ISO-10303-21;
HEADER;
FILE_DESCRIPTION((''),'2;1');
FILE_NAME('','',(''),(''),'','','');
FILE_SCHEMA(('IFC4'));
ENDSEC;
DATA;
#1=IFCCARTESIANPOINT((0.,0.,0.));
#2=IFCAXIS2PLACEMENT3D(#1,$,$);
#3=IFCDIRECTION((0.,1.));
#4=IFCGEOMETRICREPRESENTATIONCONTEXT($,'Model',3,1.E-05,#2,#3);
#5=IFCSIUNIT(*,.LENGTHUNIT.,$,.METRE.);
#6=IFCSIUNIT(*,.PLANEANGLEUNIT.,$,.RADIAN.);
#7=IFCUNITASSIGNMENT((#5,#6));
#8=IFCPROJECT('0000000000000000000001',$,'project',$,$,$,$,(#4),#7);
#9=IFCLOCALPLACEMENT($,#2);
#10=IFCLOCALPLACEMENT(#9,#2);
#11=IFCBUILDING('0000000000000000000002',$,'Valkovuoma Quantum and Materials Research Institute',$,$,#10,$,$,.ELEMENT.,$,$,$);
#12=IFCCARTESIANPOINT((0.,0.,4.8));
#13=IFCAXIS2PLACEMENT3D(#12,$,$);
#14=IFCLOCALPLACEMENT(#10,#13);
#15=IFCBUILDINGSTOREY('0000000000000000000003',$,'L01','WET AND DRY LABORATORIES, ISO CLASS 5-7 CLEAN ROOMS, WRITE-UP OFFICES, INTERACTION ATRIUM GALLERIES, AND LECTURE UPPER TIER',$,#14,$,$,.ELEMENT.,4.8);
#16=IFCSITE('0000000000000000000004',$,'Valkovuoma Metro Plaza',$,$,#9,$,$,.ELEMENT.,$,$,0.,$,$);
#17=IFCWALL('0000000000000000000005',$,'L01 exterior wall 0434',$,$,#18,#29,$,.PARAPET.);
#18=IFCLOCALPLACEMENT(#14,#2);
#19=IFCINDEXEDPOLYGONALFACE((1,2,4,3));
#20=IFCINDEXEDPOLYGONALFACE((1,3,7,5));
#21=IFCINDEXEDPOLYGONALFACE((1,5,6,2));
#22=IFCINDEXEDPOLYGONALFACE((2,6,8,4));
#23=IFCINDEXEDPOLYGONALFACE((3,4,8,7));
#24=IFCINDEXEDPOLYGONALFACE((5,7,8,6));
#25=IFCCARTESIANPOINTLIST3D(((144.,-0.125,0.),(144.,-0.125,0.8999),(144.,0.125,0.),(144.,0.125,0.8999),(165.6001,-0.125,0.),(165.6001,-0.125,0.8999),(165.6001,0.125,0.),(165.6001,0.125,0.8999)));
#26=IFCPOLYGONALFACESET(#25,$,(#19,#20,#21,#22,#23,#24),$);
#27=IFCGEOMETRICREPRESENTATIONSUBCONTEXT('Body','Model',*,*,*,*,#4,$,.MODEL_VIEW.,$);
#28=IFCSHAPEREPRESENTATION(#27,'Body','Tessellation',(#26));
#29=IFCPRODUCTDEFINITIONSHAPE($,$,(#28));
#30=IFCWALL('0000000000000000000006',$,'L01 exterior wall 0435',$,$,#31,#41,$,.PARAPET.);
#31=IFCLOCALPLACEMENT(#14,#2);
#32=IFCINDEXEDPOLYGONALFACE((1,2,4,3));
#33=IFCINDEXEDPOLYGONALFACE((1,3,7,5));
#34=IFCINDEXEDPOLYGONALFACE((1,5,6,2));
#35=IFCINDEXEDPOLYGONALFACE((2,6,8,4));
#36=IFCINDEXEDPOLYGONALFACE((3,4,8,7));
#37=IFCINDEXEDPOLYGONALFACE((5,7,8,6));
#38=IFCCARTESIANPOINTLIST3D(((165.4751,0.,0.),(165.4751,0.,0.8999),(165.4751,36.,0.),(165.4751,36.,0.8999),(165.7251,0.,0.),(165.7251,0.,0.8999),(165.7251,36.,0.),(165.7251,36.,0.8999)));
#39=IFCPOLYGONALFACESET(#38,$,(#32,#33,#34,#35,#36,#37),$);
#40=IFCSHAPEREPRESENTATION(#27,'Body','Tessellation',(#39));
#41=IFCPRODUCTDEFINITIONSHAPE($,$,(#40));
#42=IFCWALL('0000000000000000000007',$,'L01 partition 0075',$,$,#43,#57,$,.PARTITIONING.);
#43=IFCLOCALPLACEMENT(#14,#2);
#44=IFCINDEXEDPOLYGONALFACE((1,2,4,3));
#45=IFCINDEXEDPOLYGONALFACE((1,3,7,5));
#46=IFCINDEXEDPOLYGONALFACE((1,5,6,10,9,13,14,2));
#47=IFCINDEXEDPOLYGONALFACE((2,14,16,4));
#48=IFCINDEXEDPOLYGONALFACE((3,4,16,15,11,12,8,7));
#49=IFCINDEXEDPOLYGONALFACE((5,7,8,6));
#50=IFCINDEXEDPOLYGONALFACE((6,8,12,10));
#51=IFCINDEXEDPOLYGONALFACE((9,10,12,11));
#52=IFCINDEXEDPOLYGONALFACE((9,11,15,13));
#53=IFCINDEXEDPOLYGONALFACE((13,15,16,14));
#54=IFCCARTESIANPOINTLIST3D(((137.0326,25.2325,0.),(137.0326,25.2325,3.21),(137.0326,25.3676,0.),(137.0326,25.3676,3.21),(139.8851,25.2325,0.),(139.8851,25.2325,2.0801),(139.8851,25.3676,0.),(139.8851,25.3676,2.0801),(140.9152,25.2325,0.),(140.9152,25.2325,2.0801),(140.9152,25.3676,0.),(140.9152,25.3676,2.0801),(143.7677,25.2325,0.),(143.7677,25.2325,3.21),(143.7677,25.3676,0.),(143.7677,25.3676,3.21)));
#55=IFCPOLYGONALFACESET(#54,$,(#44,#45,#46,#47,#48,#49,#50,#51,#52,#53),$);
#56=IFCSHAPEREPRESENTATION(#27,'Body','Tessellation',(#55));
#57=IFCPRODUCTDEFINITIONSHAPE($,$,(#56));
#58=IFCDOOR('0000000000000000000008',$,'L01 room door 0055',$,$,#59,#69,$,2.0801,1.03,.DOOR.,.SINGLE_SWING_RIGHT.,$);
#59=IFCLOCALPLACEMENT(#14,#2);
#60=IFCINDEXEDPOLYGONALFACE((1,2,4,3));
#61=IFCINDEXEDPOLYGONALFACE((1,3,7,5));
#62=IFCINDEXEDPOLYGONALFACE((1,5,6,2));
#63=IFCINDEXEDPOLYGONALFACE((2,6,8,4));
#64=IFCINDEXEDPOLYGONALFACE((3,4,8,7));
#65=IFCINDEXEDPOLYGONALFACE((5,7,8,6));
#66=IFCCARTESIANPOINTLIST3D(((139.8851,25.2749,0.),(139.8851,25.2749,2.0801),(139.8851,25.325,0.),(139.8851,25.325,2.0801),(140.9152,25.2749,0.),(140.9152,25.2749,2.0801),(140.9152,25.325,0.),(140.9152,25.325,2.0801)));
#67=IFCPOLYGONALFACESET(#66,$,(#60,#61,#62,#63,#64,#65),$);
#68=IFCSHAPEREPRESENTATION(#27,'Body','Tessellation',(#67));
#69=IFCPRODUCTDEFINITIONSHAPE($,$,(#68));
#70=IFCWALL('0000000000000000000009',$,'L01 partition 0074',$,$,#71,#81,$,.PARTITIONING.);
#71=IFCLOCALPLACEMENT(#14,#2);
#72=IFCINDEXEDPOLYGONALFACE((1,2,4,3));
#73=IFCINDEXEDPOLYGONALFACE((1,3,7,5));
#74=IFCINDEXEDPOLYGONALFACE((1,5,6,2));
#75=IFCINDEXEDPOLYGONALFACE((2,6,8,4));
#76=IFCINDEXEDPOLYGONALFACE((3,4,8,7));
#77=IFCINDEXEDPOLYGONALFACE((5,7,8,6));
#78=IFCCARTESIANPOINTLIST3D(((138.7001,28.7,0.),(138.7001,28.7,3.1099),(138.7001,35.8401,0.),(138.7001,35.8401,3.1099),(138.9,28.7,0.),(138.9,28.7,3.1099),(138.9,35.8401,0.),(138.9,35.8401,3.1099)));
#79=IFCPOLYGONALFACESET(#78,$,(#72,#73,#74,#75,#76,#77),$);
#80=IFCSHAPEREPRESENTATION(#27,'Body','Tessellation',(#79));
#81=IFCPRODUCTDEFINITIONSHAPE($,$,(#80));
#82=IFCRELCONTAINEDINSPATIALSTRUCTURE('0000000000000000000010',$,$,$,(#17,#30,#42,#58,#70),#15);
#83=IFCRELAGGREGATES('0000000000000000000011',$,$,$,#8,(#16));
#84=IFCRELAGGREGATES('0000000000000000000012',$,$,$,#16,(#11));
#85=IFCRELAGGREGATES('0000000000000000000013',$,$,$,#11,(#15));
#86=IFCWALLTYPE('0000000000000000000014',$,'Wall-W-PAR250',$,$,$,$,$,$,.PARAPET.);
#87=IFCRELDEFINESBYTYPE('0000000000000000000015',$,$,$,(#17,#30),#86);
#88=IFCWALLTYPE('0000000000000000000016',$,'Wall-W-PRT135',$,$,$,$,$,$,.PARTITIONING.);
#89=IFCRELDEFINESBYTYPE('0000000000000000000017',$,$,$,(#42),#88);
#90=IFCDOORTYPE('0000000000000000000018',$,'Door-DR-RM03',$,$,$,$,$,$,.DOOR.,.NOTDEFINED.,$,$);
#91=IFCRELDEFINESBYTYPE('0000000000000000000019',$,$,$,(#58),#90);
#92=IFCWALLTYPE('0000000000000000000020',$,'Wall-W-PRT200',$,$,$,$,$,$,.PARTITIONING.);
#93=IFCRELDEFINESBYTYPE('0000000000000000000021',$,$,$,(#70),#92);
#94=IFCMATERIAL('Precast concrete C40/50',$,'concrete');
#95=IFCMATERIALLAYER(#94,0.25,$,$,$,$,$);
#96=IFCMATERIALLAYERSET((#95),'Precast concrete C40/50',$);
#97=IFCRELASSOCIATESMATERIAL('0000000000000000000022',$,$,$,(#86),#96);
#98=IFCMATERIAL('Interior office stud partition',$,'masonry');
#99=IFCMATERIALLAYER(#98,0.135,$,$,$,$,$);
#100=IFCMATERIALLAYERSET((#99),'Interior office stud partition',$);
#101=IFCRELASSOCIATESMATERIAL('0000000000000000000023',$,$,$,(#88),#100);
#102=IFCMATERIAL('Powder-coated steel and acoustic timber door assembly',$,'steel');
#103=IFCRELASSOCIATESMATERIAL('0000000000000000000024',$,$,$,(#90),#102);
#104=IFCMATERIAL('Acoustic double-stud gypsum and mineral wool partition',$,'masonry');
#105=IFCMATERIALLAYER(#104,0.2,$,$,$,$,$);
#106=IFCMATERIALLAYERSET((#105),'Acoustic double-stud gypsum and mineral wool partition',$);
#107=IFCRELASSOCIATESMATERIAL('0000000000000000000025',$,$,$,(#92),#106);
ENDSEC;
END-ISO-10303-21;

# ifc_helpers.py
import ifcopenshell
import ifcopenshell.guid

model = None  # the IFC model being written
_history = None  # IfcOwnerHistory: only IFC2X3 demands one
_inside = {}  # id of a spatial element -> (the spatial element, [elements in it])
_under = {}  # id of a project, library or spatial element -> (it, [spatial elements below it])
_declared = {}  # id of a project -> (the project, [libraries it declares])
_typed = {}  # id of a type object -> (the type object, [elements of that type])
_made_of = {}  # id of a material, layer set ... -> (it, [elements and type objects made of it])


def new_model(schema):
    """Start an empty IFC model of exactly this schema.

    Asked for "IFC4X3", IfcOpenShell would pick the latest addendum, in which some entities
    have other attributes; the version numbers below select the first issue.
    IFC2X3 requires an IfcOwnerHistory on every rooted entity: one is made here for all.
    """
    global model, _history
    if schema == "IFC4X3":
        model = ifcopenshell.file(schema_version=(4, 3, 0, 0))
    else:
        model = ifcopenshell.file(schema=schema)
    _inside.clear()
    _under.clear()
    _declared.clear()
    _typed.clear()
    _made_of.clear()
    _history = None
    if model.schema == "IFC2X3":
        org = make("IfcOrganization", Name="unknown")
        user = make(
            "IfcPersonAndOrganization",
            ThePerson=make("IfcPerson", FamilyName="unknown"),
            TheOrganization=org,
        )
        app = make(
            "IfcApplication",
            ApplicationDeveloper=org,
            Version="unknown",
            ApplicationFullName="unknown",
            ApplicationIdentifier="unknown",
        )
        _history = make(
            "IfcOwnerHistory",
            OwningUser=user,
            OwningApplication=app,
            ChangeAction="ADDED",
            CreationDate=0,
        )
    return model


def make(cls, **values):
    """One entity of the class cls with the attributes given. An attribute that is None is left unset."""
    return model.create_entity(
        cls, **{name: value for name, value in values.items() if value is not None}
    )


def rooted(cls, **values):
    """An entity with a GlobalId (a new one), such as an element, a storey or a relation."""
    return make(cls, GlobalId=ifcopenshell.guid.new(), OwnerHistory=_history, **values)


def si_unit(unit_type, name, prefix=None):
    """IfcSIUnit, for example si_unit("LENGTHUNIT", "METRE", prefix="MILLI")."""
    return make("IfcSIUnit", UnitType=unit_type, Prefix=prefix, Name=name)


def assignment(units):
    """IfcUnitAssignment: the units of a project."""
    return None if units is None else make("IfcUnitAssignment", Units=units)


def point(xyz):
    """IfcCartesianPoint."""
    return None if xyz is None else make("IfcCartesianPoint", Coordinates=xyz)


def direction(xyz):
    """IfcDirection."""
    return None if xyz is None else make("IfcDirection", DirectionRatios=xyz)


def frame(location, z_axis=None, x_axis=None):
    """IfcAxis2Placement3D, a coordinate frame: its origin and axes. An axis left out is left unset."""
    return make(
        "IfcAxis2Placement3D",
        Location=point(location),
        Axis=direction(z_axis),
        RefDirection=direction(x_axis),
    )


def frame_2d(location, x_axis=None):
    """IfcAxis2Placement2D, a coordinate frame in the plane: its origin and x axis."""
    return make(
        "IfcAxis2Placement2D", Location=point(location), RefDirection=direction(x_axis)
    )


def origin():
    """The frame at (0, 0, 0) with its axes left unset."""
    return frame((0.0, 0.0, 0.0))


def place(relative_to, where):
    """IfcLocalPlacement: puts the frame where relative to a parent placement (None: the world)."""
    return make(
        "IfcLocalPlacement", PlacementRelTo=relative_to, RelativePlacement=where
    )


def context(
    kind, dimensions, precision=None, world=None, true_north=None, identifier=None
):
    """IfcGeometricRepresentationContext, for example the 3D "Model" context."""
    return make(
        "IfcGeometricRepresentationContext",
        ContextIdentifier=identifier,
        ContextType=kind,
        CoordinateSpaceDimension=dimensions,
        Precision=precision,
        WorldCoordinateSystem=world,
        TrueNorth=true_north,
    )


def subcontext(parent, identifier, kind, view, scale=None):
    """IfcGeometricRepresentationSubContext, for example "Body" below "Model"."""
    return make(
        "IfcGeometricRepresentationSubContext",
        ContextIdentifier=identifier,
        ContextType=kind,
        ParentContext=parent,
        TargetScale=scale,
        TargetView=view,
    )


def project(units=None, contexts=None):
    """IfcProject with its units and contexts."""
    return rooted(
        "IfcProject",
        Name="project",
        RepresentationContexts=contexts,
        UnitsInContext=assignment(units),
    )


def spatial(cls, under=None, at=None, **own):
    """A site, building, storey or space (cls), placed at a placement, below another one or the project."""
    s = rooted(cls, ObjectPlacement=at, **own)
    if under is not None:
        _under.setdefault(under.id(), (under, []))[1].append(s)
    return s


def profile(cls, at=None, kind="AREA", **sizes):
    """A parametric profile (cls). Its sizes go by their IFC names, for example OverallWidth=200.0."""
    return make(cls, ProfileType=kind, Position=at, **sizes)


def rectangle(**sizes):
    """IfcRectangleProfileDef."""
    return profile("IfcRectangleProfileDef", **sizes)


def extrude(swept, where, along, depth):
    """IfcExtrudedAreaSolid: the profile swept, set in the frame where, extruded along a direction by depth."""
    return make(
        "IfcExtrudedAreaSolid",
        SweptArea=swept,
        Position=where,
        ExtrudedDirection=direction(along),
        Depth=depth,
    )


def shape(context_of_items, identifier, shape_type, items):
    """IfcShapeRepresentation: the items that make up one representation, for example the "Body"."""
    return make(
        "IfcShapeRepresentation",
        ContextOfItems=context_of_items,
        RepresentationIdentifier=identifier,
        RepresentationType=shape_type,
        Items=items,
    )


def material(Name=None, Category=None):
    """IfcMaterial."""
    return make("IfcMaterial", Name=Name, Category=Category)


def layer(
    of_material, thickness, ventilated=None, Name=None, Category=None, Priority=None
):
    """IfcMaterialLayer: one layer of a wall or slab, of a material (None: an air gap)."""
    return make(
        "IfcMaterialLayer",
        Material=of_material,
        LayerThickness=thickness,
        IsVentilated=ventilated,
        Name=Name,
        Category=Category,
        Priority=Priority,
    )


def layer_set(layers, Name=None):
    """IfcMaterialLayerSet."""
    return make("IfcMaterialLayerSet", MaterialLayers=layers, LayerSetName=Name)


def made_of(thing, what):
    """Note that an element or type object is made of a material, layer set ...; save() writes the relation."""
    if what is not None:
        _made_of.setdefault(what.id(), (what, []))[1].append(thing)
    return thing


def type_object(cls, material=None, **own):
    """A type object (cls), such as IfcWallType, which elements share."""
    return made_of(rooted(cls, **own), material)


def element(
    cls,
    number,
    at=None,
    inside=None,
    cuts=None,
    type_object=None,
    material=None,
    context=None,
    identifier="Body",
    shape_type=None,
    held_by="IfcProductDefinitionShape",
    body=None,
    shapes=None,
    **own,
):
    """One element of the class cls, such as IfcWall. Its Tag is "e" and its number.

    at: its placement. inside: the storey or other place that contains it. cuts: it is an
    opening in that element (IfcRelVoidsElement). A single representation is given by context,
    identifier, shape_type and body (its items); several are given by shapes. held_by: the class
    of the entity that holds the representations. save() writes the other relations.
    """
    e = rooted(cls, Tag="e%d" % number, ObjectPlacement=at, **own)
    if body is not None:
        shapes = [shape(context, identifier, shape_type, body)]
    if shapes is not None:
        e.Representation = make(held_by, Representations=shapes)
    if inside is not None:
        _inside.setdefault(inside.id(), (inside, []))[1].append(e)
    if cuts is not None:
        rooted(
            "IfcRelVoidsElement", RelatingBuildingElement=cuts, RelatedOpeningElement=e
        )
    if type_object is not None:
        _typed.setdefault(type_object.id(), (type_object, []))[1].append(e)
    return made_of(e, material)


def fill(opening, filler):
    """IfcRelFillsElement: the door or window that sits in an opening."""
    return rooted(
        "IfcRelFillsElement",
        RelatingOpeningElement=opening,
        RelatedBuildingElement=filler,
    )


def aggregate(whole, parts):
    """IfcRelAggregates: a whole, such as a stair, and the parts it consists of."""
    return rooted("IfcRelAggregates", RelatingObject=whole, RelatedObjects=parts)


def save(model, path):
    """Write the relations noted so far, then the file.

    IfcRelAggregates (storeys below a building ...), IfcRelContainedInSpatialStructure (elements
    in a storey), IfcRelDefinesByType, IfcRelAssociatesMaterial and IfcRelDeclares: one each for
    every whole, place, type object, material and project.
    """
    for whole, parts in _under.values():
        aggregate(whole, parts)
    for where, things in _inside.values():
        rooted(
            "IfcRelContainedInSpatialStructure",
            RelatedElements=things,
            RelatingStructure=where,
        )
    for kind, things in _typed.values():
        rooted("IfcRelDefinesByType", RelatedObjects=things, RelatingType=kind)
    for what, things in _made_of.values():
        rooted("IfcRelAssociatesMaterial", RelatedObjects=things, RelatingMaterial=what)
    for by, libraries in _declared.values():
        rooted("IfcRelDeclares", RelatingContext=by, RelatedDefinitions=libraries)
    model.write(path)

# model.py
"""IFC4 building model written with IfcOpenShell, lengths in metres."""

from ifc_helpers import new_model, si_unit, direction, frame, frame_2d, origin, place, context, subcontext, project, spatial, rectangle, extrude, material, layer, layer_set, type_object, element, fill, save


model = new_model("IFC4")

# Units and contexts
model_context = context("Model", 3, precision=1e-05, world=origin(), true_north=direction((0.0, 1.0)))
body_context = subcontext(model_context, "Body", "Model", "MODEL_VIEW")
ifc_project = project(units=[si_unit("LENGTHUNIT", "METRE"), si_unit("PLANEANGLEUNIT", "RADIAN")], contexts=[model_context])

# Site, building, storey
site_placement = place(None, origin())
site = spatial("IfcSite", under=ifc_project, at=site_placement, Name="Valkovuoma Metro Plaza", CompositionType="ELEMENT", RefElevation=0.0)
building_placement = place(site_placement, origin())
building = spatial("IfcBuilding", under=site, at=building_placement, Name="Valkovuoma Quantum and Materials Research Institute", CompositionType="ELEMENT")
storey_placement = place(building_placement, frame((0.0, 0.0, 4.8)))
storey = spatial("IfcBuildingStorey", under=building, at=storey_placement, Name="L01", Description="WET AND DRY LABORATORIES, ISO CLASS 5-7 CLEAN ROOMS, WRITE-UP OFFICES, INTERACTION ATRIUM GALLERIES, AND LECTURE UPPER TIER", CompositionType="ELEMENT", Elevation=4.8)

# Walls
ifc_material_1 = material(Name="Precast concrete C40/50", Category="concrete")
ifc_layer_1 = layer(ifc_material_1, 0.25)
ifc_layer_set_1 = layer_set([ifc_layer_1], Name="Precast concrete C40/50")
wall_type_1 = type_object("IfcWallType", Name="Wall-W-PAR250", PredefinedType="PARAPET", material=ifc_layer_set_1)
wall_1_placement = place(storey_placement, frame((144.0, 0.0, 0.0), z_axis=(0.0, 0.0, 1.0), x_axis=(1.0, 0.0, 0.0)))
element("IfcWall", 1, at=wall_1_placement, inside=storey, type_object=wall_type_1, Name="L01 exterior wall 0434", PredefinedType="PARAPET", context=body_context, shape_type="SweptSolid", body=[
    extrude(rectangle(XDim=21.6001, YDim=0.25, at=frame_2d((10.8, 0.0))), origin(), (0.0, 0.0, 1.0), 0.8999),
])
wall_2_placement = place(storey_placement, frame((165.6001, 0.0, 0.0), z_axis=(0.0, 0.0, 1.0), x_axis=(0.0, 1.0, 0.0)))
element("IfcWall", 2, at=wall_2_placement, inside=storey, type_object=wall_type_1, Name="L01 exterior wall 0435", PredefinedType="PARAPET", context=body_context, shape_type="SweptSolid", body=[
    extrude(rectangle(XDim=36.0, YDim=0.25, at=frame_2d((18.0, 0.0))), origin(), (0.0, 0.0, 1.0), 0.8999),
])

# Wall, opening, door
ifc_material_2 = material(Name="Interior office stud partition", Category="masonry")
ifc_layer_2 = layer(ifc_material_2, 0.135)
ifc_layer_set_2 = layer_set([ifc_layer_2], Name="Interior office stud partition")
wall_type_2 = type_object("IfcWallType", Name="Wall-W-PRT135", PredefinedType="PARTITIONING", material=ifc_layer_set_2)
wall_3_placement = place(storey_placement, frame((137.0325, 25.3, 0.0), z_axis=(0.0, 0.0, 1.0), x_axis=(1.0, 0.0, 0.0)))
wall_3 = element("IfcWall", 3, at=wall_3_placement, inside=storey, type_object=wall_type_2, Name="L01 partition 0075", PredefinedType="PARTITIONING", context=body_context, shape_type="SweptSolid", body=[
    extrude(rectangle(XDim=6.7351, YDim=0.135, at=frame_2d((3.3677, 0.0))), origin(), (0.0, 0.0, 1.0), 3.21),
])
opening_1_placement = place(wall_3_placement, frame((2.8525, 0.0, 0.0)))
opening_1 = element("IfcOpeningElement", 4, at=opening_1_placement, cuts=wall_3, PredefinedType="OPENING", context=body_context, shape_type="SweptSolid", body=[
    extrude(rectangle(XDim=1.03, YDim=2.0801, at=frame_2d((0.5151, 1.04))), frame((0.0, 0.0776, 0.0), z_axis=(0.0, -1.0, 0.0), x_axis=(1.0, 0.0, 0.0)), (0.0, 0.0, 1.0), 0.155),
])
ifc_material_3 = material(Name="Powder-coated steel and acoustic timber door assembly", Category="steel")
door_type = type_object("IfcDoorType", Name="Door-DR-RM03", OperationType="NOTDEFINED", PredefinedType="DOOR", material=ifc_material_3)
door_placement = place(opening_1_placement, origin())
door = element("IfcDoor", 5, at=door_placement, inside=storey, type_object=door_type, Name="L01 room door 0055", OperationType="SINGLE_SWING_RIGHT", OverallHeight=2.0801, OverallWidth=1.03, PredefinedType="DOOR", context=body_context, shape_type="SweptSolid", body=[
    extrude(rectangle(XDim=1.03, YDim=2.0801, at=frame_2d((0.5151, 1.04))), frame((0.0, 0.0249, 0.0), z_axis=(0.0, -1.0, 0.0), x_axis=(1.0, 0.0, 0.0)), (0.0, 0.0, 1.0), 0.05),
])
fill(opening_1, door)

# Wall
ifc_material_4 = material(Name="Acoustic double-stud gypsum and mineral wool partition", Category="masonry")
ifc_layer_3 = layer(ifc_material_4, 0.2)
ifc_layer_set_3 = layer_set([ifc_layer_3], Name="Acoustic double-stud gypsum and mineral wool partition")
wall_type_3 = type_object("IfcWallType", Name="Wall-W-PRT200", PredefinedType="PARTITIONING", material=ifc_layer_set_3)
wall_4_placement = place(storey_placement, frame((138.8, 28.7, 0.0), z_axis=(0.0, 0.0, 1.0), x_axis=(0.0, 1.0, 0.0)))
element("IfcWall", 6, at=wall_4_placement, inside=storey, type_object=wall_type_3, Name="L01 partition 0074", PredefinedType="PARTITIONING", context=body_context, shape_type="SweptSolid", body=[
    extrude(rectangle(XDim=7.1401, YDim=0.2, at=frame_2d((3.5701, 0.0))), origin(), (0.0, 0.0, 1.0), 3.1099),
])

save(model, "model.ifc")
